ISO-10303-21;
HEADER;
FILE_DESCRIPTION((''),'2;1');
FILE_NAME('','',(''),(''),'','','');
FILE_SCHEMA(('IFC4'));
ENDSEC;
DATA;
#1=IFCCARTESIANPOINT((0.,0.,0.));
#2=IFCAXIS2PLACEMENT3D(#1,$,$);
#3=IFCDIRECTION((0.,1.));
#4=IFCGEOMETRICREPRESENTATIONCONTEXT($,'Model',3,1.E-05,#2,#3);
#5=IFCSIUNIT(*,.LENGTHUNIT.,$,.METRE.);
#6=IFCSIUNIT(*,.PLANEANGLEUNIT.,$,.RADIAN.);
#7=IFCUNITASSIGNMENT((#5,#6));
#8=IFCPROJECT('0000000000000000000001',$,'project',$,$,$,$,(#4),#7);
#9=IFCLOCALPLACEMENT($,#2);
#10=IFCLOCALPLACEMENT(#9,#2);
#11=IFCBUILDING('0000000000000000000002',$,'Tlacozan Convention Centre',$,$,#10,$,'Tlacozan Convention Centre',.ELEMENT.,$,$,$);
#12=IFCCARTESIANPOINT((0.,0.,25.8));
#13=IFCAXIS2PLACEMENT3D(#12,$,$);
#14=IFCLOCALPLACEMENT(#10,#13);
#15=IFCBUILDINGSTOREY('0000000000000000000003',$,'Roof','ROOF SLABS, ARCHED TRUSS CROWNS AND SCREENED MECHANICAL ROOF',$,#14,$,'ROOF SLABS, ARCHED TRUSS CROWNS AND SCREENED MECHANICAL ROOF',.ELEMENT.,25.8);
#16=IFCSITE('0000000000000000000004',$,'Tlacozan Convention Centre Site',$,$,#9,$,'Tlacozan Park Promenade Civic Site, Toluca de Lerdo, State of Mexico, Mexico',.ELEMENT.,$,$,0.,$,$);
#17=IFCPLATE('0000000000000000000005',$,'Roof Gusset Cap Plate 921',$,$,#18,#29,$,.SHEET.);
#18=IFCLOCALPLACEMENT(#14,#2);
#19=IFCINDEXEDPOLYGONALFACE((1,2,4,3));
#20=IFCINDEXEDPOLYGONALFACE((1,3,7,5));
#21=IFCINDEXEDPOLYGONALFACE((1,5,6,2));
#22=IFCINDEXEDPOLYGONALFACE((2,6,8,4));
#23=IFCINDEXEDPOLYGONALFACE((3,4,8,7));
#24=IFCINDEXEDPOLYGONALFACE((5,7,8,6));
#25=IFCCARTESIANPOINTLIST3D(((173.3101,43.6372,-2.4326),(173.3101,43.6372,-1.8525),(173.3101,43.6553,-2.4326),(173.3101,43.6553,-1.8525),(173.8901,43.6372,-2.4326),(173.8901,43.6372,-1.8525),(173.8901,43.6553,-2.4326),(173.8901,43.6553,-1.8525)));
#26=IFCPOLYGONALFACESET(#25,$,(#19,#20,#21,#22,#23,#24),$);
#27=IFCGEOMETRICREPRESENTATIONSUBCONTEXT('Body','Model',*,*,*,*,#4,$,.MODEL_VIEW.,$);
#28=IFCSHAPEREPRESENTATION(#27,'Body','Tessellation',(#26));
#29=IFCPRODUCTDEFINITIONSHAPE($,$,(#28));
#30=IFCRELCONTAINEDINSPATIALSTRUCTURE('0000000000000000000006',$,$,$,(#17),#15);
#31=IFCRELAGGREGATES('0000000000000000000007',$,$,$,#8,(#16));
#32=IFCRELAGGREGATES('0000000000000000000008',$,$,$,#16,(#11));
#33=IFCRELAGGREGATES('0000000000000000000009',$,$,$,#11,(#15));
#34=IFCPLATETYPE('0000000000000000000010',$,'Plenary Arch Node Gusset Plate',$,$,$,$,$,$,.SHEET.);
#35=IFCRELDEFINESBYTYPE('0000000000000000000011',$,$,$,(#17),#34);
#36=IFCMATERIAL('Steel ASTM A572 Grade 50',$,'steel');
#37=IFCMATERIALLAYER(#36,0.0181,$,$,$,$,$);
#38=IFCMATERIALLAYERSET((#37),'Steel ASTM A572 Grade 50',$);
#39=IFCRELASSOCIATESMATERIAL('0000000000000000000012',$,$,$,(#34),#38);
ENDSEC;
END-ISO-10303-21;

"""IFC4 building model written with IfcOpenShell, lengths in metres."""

from ifc_helpers import new_model, si_unit, direction, frame, origin, origin_2d, place, context, subcontext, project, spatial, rectangle, extrude, material, layer, layer_set, type_object, element, save


model = new_model("IFC4")

# Units and contexts
model_context = context("Model", 3, precision=1e-05, world=origin(), true_north=direction((0.0, 1.0)))
body_context = subcontext(model_context, "Body", "Model", "MODEL_VIEW")
ifc_project = project(units=[si_unit("LENGTHUNIT", "METRE"), si_unit("PLANEANGLEUNIT", "RADIAN")], contexts=[model_context])

# Site, building, storey
site_placement = place(None, origin())
site = spatial("IfcSite", under=ifc_project, at=site_placement, Name="Tlacozan Convention Centre Site", LongName="Tlacozan Park Promenade Civic Site, Toluca de Lerdo, State of Mexico, Mexico", CompositionType="ELEMENT", RefElevation=0.0)
building_placement = place(site_placement, origin())
building = spatial("IfcBuilding", under=site, at=building_placement, Name="Tlacozan Convention Centre", LongName="Tlacozan Convention Centre", CompositionType="ELEMENT")
storey_placement = place(building_placement, frame((0.0, 0.0, 25.8)))
storey = spatial("IfcBuildingStorey", under=building, at=storey_placement, Name="Roof", Description="ROOF SLABS, ARCHED TRUSS CROWNS AND SCREENED MECHANICAL ROOF", LongName="ROOF SLABS, ARCHED TRUSS CROWNS AND SCREENED MECHANICAL ROOF", CompositionType="ELEMENT", Elevation=25.8)

# Plate
ifc_material_1 = material(Name="Steel ASTM A572 Grade 50", Category="steel")
ifc_layer = layer(ifc_material_1, 0.0181)
ifc_layer_set = layer_set([ifc_layer], Name="Steel ASTM A572 Grade 50")
plate_type = type_object("IfcPlateType", Name="Plenary Arch Node Gusset Plate", PredefinedType="SHEET", material=ifc_layer_set)
for number, where, z_axis, x_axis, name in (
    (1, (173.6001, 43.6462, -2.4326), (0.0, 0.0, 1.0), (0.0, 1.0, 0.0), "Roof Gusset Cap Plate 921"),
):
    element("IfcPlate", number, at=place(storey_placement, frame(where, z_axis=z_axis, x_axis=x_axis)), inside=storey, type_object=plate_type, Name=name, PredefinedType="SHEET", context=body_context, shape_type="SweptSolid", body=[
        extrude(rectangle(XDim=0.0181, YDim=0.5801, at=origin_2d()), origin(), (0.0, 0.0, 1.0), 0.5801),
    ])

save(model, "model.ifc")
